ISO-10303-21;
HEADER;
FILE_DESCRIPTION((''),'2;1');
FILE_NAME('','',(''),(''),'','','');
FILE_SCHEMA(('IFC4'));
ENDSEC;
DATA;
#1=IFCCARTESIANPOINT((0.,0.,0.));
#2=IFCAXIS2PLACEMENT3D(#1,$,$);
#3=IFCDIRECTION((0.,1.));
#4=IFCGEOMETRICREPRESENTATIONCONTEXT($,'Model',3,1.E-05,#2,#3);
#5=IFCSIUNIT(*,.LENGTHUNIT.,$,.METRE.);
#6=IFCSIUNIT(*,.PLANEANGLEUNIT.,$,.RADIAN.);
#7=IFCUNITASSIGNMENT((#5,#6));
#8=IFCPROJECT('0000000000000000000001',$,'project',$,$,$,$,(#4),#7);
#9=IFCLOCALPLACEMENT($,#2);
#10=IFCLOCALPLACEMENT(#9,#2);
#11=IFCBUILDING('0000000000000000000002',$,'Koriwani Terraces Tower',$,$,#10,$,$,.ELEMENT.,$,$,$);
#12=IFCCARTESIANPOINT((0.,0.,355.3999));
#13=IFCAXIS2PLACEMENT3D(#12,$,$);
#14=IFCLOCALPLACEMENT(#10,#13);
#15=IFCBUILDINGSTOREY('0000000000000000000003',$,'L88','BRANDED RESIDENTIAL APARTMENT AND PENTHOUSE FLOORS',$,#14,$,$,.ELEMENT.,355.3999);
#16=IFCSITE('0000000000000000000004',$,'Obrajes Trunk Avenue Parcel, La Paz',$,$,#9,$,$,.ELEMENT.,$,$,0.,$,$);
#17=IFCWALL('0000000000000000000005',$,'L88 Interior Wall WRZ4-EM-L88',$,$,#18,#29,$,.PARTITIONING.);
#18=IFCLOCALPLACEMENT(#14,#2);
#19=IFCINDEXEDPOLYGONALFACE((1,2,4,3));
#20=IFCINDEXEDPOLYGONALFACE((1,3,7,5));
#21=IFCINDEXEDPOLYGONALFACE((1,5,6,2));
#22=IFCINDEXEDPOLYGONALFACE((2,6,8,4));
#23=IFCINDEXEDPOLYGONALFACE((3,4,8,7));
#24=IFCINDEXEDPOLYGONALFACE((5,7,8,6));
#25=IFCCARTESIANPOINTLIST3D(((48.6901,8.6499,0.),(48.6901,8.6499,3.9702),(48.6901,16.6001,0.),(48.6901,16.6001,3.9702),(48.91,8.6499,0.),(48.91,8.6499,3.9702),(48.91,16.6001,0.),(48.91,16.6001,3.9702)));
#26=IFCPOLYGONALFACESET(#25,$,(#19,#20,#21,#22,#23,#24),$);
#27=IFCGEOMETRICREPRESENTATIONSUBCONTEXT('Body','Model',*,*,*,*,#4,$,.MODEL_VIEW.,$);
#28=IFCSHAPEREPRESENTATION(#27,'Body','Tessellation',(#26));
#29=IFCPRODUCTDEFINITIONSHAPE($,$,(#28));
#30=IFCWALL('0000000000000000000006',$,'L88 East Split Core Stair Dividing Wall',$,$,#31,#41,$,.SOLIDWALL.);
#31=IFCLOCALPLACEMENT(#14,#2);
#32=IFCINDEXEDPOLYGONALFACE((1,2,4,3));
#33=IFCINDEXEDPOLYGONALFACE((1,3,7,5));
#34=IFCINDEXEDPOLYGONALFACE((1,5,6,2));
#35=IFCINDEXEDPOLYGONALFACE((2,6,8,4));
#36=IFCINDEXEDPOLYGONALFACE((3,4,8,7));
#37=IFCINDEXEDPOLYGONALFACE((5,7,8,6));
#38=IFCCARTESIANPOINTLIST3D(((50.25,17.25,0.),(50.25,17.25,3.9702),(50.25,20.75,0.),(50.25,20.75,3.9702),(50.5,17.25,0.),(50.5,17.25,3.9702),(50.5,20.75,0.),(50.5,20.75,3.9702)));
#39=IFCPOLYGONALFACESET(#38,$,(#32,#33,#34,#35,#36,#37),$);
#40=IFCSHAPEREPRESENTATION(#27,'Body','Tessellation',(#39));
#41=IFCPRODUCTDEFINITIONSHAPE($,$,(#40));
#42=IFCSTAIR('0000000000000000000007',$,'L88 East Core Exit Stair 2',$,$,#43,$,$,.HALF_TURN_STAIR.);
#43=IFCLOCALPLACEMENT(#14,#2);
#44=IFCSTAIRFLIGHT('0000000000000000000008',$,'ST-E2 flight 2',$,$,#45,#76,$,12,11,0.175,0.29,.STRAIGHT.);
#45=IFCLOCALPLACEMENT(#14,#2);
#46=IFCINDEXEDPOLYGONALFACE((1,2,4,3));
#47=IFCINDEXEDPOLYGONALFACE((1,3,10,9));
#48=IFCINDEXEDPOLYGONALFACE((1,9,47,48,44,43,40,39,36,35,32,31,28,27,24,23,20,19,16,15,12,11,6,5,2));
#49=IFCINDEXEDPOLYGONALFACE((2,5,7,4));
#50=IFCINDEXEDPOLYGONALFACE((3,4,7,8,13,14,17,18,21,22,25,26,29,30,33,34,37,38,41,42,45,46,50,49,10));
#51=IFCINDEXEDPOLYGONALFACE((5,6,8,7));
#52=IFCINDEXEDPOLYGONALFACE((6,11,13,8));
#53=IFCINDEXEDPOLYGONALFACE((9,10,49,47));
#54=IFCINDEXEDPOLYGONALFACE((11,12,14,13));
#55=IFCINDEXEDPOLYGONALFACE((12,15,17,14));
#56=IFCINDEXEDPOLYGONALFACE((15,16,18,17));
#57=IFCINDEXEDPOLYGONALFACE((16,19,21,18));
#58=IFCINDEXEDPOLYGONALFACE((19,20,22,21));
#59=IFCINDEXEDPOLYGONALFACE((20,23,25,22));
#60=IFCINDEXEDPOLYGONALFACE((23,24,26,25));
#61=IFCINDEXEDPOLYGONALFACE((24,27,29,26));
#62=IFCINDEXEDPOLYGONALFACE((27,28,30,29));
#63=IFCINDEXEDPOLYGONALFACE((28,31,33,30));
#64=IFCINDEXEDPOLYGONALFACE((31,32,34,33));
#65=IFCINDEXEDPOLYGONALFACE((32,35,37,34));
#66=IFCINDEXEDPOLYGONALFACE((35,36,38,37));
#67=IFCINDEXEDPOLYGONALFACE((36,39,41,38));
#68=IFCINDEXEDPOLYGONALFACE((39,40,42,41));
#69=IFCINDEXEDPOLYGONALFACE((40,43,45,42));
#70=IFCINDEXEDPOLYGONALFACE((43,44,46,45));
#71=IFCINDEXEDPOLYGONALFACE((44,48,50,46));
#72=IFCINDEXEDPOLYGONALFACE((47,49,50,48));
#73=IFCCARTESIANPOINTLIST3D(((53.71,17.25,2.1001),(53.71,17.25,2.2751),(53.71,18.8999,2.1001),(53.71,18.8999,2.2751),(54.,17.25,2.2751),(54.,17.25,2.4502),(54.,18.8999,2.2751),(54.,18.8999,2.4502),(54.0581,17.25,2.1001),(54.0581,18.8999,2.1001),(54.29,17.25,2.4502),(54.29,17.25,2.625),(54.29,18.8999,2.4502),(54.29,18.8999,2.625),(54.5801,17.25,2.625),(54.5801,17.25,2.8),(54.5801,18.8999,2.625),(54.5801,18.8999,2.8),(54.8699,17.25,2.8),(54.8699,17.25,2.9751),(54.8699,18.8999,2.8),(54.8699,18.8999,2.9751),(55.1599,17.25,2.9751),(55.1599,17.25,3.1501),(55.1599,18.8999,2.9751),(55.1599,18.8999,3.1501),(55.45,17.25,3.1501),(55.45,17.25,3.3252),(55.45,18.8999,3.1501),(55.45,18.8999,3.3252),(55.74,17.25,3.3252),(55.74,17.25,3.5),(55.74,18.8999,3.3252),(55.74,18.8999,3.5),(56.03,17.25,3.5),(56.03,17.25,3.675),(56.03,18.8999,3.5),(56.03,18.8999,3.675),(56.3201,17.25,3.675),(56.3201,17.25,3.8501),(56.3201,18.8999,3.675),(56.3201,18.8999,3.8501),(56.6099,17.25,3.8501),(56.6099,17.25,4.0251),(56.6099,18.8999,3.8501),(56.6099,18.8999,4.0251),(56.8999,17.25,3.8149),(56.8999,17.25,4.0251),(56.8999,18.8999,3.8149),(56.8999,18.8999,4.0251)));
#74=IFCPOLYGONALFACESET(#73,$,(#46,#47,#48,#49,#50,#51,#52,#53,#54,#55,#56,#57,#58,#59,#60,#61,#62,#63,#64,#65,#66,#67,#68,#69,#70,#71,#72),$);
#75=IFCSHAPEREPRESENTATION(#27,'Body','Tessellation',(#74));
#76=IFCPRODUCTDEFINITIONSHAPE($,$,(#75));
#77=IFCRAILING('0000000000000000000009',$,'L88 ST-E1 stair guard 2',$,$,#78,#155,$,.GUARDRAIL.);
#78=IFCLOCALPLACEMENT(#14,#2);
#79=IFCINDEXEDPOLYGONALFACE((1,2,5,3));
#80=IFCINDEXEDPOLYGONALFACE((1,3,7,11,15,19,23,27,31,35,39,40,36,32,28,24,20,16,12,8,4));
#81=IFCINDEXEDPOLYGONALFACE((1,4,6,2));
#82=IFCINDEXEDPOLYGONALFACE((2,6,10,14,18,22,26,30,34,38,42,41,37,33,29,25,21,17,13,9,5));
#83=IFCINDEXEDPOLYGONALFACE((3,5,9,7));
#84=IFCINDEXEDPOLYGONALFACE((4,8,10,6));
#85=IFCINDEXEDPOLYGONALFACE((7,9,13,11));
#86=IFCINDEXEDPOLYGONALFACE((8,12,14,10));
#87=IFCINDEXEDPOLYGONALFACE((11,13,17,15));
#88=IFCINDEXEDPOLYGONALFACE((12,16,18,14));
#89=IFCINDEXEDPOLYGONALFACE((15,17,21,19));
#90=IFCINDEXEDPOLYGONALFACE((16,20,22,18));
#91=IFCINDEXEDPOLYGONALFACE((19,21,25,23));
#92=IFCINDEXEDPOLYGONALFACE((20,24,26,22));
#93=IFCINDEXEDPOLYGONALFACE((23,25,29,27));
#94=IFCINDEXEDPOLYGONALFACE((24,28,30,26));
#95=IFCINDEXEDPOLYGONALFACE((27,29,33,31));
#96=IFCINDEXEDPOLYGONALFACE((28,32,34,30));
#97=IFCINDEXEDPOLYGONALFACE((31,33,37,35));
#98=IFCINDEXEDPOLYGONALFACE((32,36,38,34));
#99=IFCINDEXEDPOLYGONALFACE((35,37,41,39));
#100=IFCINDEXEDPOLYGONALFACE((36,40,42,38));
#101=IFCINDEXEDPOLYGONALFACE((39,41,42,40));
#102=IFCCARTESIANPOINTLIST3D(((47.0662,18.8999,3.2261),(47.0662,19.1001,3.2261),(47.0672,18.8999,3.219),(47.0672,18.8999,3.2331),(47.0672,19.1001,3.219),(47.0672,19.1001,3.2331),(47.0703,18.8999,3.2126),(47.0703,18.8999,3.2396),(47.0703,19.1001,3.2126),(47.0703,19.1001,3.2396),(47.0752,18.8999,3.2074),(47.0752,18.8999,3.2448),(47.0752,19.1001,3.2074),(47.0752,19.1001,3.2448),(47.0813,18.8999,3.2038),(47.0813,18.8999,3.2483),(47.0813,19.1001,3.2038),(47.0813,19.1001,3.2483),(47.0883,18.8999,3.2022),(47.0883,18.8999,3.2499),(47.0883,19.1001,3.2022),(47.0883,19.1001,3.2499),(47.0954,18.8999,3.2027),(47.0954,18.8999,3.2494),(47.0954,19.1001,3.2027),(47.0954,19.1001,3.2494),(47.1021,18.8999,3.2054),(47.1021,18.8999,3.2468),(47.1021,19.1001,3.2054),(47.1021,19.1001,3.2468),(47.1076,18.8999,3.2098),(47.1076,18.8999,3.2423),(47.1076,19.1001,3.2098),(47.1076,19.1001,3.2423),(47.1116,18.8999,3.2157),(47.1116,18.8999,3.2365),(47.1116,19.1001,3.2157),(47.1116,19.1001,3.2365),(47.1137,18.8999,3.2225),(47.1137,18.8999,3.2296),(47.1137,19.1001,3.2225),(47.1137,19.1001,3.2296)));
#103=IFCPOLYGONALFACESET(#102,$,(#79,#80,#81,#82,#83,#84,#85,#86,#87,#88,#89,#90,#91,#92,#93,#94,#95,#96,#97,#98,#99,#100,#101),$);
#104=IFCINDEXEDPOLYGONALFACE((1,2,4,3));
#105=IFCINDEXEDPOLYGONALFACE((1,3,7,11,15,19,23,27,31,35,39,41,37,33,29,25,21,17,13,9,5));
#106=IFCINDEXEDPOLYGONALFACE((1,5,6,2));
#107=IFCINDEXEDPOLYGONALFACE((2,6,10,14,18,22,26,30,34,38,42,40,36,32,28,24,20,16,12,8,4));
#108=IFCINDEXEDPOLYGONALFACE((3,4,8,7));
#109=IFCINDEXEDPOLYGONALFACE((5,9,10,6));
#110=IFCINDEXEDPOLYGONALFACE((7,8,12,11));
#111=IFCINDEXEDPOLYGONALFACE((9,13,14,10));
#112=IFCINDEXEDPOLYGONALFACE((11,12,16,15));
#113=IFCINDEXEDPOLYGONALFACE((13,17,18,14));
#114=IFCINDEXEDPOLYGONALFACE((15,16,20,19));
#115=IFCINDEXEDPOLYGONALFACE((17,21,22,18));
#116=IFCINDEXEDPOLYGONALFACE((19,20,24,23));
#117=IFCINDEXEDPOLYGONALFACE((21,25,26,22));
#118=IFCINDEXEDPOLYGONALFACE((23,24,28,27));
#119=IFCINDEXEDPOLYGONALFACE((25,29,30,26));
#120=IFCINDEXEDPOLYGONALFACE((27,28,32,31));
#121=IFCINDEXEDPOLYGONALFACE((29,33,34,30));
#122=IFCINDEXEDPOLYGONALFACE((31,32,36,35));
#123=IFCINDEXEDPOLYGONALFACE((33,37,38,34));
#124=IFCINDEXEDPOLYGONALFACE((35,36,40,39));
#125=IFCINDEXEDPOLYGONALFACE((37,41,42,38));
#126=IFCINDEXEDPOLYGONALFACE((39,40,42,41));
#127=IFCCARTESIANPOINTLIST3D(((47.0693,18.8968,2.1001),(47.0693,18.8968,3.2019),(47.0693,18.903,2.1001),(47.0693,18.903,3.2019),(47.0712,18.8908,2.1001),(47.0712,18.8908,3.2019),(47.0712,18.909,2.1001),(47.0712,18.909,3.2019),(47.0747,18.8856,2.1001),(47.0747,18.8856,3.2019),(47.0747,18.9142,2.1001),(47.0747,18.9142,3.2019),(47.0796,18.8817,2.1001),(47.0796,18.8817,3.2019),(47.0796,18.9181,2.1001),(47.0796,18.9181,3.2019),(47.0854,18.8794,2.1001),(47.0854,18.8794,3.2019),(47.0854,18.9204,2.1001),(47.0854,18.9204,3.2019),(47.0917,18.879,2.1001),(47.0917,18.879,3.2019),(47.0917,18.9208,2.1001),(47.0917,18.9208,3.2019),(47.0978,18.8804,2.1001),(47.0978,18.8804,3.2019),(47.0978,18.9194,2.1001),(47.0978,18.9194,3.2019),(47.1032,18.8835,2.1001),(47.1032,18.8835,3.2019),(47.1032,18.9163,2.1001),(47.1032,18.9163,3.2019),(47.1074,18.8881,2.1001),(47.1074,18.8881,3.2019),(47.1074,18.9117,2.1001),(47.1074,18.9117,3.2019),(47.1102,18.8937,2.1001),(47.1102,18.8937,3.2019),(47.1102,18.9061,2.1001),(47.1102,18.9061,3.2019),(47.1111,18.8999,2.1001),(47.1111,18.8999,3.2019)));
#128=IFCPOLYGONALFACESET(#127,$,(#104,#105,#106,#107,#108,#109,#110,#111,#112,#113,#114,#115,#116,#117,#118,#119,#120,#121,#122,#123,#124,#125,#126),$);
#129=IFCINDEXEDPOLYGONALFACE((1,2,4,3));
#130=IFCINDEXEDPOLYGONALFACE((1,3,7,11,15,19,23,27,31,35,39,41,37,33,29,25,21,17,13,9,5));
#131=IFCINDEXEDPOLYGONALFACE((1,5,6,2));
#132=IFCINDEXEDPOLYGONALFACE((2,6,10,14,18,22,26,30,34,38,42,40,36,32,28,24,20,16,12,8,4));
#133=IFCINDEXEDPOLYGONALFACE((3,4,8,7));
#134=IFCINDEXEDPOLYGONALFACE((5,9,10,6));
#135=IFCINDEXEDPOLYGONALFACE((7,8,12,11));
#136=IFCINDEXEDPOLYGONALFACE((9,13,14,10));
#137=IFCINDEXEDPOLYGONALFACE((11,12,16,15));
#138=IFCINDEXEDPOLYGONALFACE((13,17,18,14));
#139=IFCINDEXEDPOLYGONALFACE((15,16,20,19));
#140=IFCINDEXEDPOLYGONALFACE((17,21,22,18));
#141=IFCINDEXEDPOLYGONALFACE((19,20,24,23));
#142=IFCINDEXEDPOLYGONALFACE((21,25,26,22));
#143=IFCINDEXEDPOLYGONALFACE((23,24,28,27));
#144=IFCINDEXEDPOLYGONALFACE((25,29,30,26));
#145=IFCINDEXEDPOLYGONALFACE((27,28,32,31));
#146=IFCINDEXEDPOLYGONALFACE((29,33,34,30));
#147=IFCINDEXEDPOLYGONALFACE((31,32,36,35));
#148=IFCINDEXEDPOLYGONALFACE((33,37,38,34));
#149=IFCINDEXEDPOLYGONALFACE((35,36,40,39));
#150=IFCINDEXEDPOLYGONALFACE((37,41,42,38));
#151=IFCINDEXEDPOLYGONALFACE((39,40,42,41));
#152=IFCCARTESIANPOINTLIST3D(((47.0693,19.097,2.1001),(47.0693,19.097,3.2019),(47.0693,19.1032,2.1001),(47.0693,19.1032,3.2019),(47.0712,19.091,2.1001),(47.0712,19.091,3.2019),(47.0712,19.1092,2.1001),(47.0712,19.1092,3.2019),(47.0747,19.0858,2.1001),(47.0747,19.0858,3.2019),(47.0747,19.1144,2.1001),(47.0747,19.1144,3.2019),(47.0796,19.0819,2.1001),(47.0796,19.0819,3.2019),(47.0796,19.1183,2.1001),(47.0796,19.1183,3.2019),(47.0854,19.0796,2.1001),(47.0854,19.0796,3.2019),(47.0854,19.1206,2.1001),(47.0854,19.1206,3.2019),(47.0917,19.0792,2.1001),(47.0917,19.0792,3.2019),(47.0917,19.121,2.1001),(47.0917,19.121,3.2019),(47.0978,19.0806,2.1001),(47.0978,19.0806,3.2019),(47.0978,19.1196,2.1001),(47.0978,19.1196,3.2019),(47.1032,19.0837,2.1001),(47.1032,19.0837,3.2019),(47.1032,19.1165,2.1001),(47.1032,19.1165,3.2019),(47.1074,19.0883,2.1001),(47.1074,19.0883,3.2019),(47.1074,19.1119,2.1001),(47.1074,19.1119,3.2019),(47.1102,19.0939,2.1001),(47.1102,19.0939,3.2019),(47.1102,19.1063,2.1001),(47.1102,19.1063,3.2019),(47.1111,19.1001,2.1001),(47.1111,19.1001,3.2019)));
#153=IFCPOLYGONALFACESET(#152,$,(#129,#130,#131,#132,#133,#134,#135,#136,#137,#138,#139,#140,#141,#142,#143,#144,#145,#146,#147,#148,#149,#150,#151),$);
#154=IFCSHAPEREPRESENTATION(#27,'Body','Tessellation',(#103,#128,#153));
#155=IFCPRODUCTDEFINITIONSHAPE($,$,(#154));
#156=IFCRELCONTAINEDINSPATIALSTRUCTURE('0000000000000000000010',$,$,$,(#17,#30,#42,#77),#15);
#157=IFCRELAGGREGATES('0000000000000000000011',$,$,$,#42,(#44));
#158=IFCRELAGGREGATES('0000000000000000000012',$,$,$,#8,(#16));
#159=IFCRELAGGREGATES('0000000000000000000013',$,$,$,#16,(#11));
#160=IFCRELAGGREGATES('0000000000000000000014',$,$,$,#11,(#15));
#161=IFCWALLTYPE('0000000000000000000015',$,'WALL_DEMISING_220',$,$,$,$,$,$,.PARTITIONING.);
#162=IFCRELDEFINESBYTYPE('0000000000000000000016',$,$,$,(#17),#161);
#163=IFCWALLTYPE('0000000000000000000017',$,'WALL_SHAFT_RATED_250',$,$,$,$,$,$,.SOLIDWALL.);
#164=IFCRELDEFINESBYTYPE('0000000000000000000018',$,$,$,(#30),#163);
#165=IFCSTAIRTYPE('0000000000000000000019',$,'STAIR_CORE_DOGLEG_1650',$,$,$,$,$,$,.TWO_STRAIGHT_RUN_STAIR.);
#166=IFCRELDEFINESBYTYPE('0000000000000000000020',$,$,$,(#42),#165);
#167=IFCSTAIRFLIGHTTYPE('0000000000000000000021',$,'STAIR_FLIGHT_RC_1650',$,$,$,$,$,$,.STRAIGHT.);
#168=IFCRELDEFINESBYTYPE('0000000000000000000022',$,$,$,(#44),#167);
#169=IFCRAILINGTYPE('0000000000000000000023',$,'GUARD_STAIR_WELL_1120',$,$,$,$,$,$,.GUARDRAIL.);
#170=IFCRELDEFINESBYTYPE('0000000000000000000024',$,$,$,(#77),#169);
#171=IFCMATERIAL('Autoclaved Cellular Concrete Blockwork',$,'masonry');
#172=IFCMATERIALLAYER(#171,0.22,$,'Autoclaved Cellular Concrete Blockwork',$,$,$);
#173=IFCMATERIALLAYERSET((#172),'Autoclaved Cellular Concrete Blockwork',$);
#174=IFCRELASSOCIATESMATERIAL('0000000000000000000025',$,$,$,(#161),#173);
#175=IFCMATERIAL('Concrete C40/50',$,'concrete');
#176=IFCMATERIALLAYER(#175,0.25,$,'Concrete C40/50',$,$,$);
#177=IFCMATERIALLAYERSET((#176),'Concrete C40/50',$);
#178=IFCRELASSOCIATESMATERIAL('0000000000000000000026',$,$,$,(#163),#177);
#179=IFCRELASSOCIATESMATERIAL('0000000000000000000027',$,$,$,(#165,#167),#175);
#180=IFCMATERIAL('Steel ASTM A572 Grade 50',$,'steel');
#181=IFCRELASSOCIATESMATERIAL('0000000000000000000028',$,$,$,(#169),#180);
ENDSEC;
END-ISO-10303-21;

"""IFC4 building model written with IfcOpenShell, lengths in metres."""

from ifc_helpers import new_model, si_unit, direction, frame, frame_2d, origin, origin_2d, place, context, subcontext, project, spatial, polyline, rectangle, circle, outline, extrude, material, layer, layer_set, type_object, element, aggregate, save


model = new_model("IFC4")

# Units and contexts
model_context = context("Model", 3, precision=1e-05, world=origin(), true_north=direction((0.0, 1.0)))
body_context = subcontext(model_context, "Body", "Model", "MODEL_VIEW")
ifc_project = project(units=[si_unit("LENGTHUNIT", "METRE"), si_unit("PLANEANGLEUNIT", "RADIAN")], contexts=[model_context])

# Site, building, storey
site_placement = place(None, origin())
site = spatial("IfcSite", under=ifc_project, at=site_placement, Name="Obrajes Trunk Avenue Parcel, La Paz", CompositionType="ELEMENT", RefElevation=0.0)
building_placement = place(site_placement, origin())
building = spatial("IfcBuilding", under=site, at=building_placement, Name="Koriwani Terraces Tower", CompositionType="ELEMENT")
storey_placement = place(building_placement, frame((0.0, 0.0, 355.3999)))
storey = spatial("IfcBuildingStorey", under=building, at=storey_placement, Name="L88", Description="BRANDED RESIDENTIAL APARTMENT AND PENTHOUSE FLOORS", CompositionType="ELEMENT", Elevation=355.3999)

# Shared definitions
ifc_material_1 = material(Name="Concrete C40/50", Category="concrete")
ifc_material_2 = material(Name="Steel ASTM A572 Grade 50", Category="steel")

# Shared definitions
ifc_material_3 = material(Name="Autoclaved Cellular Concrete Blockwork", Category="masonry")

# Walls
ifc_layer_1 = layer(ifc_material_3, 0.22, Name="Autoclaved Cellular Concrete Blockwork")
ifc_layer_set_1 = layer_set([ifc_layer_1], Name="Autoclaved Cellular Concrete Blockwork")
wall_type_1 = type_object("IfcWallType", Name="WALL_DEMISING_220", PredefinedType="PARTITIONING", material=ifc_layer_set_1)
wall_1_placement = place(storey_placement, frame((48.8, 8.6499, 0.0), z_axis=(0.0, 0.0, 1.0), x_axis=(0.0, 1.0, 0.0)))
element("IfcWall", 1, at=wall_1_placement, inside=storey, type_object=wall_type_1, Name="L88 Interior Wall WRZ4-EM-L88", PredefinedType="PARTITIONING", context=body_context, shape_type="SweptSolid", body=[
    extrude(rectangle(XDim=7.9502, YDim=0.22, at=frame_2d((3.9751, 0.0))), origin(), (0.0, 0.0, 1.0), 3.9702),
])
ifc_layer_2 = layer(ifc_material_1, 0.25, Name="Concrete C40/50")
ifc_layer_set_2 = layer_set([ifc_layer_2], Name="Concrete C40/50")
wall_type_2 = type_object("IfcWallType", Name="WALL_SHAFT_RATED_250", PredefinedType="SOLIDWALL", material=ifc_layer_set_2)
wall_2_placement = place(storey_placement, frame((50.375, 17.25, 0.0), z_axis=(0.0, 0.0, 1.0), x_axis=(0.0, 1.0, 0.0)))
element("IfcWall", 2, at=wall_2_placement, inside=storey, type_object=wall_type_2, Name="L88 East Split Core Stair Dividing Wall", PredefinedType="SOLIDWALL", context=body_context, shape_type="SweptSolid", body=[
    extrude(rectangle(XDim=3.5, YDim=0.25, at=frame_2d((1.75, 0.0))), origin(), (0.0, 0.0, 1.0), 3.9702),
])

# Stair, stair flight
stair_type = type_object("IfcStairType", Name="STAIR_CORE_DOGLEG_1650", PredefinedType="TWO_STRAIGHT_RUN_STAIR", material=ifc_material_1)
stair_placement = place(storey_placement, origin())
stair = element("IfcStair", 3, at=stair_placement, inside=storey, type_object=stair_type, Name="L88 East Core Exit Stair 2", PredefinedType="HALF_TURN_STAIR")
stair_flight_type = type_object("IfcStairFlightType", Name="STAIR_FLIGHT_RC_1650", PredefinedType="STRAIGHT", material=ifc_material_1)
stair_flight_placement = place(storey_placement, frame((53.71, 18.075, 2.1001), z_axis=(0.0, 0.0, 1.0), x_axis=(1.0, 0.0, 0.0)))
stair_flight = element("IfcStairFlight", 4, at=stair_flight_placement, type_object=stair_flight_type, Name="ST-E2 flight 2", NumberOfRisers=12, NumberOfTreads=11, PredefinedType="STRAIGHT", RiserHeight=0.175, TreadLength=0.29, context=body_context, shape_type="SweptSolid", body=[
    extrude(outline(polyline([(0.0, 0.0), (0.0, 0.175), (0.29, 0.175), (0.29, 0.3501), (0.5801, 0.3501), (0.5801, 0.5249), (0.8701, 0.5249), (0.8701, 0.7), (1.1599, 0.7), (1.1599, 0.875), (1.45, 0.875), (1.45, 1.05), (1.74, 1.05), (1.74, 1.2251), (2.03, 1.2251), (2.03, 1.3999), (2.3201, 1.3999), (2.3201, 1.575), (2.6101, 1.575), (2.6101, 1.75), (2.8999, 1.75), (2.8999, 1.925), (3.1899, 1.925), (3.1899, 2.1001), (3.1899, 1.7148), (0.3481, 0.0), (0.0, 0.0)])), frame((0.0, 0.825, 0.0), z_axis=(0.0, -1.0, 0.0), x_axis=(1.0, 0.0, 0.0)), (0.0, 0.0, 1.0), 1.6499),
])
aggregate(stair, [stair_flight])

# Railing
railing_type_1 = type_object("IfcRailingType", Name="GUARD_STAIR_WELL_1120", PredefinedType="GUARDRAIL", material=ifc_material_2)
railing_1_placement = place(storey_placement, frame((47.0901, 18.8999, 2.1001)))
element("IfcRailing", 5, at=railing_1_placement, inside=storey, type_object=railing_type_1, Name="L88 ST-E1 stair guard 2", PredefinedType="GUARDRAIL", context=body_context, shape_type="SweptSolid", body=[
    extrude(circle(Radius=0.0239, at=origin_2d()), frame((0.0, 0.0, 1.126), z_axis=(0.0, 1.0, 0.0), x_axis=(-1.0, 0.0, 0.0)), (0.0, 0.0, 1.0), 0.2002),
    extrude(circle(Radius=0.021, at=origin_2d()), origin(), (0.0, 0.0, 1.0), 1.1018),
    extrude(circle(Radius=0.021, at=origin_2d()), frame((0.0, 0.2002, 0.0)), (0.0, 0.0, 1.0), 1.1018),
])

save(model, "model.ifc")
